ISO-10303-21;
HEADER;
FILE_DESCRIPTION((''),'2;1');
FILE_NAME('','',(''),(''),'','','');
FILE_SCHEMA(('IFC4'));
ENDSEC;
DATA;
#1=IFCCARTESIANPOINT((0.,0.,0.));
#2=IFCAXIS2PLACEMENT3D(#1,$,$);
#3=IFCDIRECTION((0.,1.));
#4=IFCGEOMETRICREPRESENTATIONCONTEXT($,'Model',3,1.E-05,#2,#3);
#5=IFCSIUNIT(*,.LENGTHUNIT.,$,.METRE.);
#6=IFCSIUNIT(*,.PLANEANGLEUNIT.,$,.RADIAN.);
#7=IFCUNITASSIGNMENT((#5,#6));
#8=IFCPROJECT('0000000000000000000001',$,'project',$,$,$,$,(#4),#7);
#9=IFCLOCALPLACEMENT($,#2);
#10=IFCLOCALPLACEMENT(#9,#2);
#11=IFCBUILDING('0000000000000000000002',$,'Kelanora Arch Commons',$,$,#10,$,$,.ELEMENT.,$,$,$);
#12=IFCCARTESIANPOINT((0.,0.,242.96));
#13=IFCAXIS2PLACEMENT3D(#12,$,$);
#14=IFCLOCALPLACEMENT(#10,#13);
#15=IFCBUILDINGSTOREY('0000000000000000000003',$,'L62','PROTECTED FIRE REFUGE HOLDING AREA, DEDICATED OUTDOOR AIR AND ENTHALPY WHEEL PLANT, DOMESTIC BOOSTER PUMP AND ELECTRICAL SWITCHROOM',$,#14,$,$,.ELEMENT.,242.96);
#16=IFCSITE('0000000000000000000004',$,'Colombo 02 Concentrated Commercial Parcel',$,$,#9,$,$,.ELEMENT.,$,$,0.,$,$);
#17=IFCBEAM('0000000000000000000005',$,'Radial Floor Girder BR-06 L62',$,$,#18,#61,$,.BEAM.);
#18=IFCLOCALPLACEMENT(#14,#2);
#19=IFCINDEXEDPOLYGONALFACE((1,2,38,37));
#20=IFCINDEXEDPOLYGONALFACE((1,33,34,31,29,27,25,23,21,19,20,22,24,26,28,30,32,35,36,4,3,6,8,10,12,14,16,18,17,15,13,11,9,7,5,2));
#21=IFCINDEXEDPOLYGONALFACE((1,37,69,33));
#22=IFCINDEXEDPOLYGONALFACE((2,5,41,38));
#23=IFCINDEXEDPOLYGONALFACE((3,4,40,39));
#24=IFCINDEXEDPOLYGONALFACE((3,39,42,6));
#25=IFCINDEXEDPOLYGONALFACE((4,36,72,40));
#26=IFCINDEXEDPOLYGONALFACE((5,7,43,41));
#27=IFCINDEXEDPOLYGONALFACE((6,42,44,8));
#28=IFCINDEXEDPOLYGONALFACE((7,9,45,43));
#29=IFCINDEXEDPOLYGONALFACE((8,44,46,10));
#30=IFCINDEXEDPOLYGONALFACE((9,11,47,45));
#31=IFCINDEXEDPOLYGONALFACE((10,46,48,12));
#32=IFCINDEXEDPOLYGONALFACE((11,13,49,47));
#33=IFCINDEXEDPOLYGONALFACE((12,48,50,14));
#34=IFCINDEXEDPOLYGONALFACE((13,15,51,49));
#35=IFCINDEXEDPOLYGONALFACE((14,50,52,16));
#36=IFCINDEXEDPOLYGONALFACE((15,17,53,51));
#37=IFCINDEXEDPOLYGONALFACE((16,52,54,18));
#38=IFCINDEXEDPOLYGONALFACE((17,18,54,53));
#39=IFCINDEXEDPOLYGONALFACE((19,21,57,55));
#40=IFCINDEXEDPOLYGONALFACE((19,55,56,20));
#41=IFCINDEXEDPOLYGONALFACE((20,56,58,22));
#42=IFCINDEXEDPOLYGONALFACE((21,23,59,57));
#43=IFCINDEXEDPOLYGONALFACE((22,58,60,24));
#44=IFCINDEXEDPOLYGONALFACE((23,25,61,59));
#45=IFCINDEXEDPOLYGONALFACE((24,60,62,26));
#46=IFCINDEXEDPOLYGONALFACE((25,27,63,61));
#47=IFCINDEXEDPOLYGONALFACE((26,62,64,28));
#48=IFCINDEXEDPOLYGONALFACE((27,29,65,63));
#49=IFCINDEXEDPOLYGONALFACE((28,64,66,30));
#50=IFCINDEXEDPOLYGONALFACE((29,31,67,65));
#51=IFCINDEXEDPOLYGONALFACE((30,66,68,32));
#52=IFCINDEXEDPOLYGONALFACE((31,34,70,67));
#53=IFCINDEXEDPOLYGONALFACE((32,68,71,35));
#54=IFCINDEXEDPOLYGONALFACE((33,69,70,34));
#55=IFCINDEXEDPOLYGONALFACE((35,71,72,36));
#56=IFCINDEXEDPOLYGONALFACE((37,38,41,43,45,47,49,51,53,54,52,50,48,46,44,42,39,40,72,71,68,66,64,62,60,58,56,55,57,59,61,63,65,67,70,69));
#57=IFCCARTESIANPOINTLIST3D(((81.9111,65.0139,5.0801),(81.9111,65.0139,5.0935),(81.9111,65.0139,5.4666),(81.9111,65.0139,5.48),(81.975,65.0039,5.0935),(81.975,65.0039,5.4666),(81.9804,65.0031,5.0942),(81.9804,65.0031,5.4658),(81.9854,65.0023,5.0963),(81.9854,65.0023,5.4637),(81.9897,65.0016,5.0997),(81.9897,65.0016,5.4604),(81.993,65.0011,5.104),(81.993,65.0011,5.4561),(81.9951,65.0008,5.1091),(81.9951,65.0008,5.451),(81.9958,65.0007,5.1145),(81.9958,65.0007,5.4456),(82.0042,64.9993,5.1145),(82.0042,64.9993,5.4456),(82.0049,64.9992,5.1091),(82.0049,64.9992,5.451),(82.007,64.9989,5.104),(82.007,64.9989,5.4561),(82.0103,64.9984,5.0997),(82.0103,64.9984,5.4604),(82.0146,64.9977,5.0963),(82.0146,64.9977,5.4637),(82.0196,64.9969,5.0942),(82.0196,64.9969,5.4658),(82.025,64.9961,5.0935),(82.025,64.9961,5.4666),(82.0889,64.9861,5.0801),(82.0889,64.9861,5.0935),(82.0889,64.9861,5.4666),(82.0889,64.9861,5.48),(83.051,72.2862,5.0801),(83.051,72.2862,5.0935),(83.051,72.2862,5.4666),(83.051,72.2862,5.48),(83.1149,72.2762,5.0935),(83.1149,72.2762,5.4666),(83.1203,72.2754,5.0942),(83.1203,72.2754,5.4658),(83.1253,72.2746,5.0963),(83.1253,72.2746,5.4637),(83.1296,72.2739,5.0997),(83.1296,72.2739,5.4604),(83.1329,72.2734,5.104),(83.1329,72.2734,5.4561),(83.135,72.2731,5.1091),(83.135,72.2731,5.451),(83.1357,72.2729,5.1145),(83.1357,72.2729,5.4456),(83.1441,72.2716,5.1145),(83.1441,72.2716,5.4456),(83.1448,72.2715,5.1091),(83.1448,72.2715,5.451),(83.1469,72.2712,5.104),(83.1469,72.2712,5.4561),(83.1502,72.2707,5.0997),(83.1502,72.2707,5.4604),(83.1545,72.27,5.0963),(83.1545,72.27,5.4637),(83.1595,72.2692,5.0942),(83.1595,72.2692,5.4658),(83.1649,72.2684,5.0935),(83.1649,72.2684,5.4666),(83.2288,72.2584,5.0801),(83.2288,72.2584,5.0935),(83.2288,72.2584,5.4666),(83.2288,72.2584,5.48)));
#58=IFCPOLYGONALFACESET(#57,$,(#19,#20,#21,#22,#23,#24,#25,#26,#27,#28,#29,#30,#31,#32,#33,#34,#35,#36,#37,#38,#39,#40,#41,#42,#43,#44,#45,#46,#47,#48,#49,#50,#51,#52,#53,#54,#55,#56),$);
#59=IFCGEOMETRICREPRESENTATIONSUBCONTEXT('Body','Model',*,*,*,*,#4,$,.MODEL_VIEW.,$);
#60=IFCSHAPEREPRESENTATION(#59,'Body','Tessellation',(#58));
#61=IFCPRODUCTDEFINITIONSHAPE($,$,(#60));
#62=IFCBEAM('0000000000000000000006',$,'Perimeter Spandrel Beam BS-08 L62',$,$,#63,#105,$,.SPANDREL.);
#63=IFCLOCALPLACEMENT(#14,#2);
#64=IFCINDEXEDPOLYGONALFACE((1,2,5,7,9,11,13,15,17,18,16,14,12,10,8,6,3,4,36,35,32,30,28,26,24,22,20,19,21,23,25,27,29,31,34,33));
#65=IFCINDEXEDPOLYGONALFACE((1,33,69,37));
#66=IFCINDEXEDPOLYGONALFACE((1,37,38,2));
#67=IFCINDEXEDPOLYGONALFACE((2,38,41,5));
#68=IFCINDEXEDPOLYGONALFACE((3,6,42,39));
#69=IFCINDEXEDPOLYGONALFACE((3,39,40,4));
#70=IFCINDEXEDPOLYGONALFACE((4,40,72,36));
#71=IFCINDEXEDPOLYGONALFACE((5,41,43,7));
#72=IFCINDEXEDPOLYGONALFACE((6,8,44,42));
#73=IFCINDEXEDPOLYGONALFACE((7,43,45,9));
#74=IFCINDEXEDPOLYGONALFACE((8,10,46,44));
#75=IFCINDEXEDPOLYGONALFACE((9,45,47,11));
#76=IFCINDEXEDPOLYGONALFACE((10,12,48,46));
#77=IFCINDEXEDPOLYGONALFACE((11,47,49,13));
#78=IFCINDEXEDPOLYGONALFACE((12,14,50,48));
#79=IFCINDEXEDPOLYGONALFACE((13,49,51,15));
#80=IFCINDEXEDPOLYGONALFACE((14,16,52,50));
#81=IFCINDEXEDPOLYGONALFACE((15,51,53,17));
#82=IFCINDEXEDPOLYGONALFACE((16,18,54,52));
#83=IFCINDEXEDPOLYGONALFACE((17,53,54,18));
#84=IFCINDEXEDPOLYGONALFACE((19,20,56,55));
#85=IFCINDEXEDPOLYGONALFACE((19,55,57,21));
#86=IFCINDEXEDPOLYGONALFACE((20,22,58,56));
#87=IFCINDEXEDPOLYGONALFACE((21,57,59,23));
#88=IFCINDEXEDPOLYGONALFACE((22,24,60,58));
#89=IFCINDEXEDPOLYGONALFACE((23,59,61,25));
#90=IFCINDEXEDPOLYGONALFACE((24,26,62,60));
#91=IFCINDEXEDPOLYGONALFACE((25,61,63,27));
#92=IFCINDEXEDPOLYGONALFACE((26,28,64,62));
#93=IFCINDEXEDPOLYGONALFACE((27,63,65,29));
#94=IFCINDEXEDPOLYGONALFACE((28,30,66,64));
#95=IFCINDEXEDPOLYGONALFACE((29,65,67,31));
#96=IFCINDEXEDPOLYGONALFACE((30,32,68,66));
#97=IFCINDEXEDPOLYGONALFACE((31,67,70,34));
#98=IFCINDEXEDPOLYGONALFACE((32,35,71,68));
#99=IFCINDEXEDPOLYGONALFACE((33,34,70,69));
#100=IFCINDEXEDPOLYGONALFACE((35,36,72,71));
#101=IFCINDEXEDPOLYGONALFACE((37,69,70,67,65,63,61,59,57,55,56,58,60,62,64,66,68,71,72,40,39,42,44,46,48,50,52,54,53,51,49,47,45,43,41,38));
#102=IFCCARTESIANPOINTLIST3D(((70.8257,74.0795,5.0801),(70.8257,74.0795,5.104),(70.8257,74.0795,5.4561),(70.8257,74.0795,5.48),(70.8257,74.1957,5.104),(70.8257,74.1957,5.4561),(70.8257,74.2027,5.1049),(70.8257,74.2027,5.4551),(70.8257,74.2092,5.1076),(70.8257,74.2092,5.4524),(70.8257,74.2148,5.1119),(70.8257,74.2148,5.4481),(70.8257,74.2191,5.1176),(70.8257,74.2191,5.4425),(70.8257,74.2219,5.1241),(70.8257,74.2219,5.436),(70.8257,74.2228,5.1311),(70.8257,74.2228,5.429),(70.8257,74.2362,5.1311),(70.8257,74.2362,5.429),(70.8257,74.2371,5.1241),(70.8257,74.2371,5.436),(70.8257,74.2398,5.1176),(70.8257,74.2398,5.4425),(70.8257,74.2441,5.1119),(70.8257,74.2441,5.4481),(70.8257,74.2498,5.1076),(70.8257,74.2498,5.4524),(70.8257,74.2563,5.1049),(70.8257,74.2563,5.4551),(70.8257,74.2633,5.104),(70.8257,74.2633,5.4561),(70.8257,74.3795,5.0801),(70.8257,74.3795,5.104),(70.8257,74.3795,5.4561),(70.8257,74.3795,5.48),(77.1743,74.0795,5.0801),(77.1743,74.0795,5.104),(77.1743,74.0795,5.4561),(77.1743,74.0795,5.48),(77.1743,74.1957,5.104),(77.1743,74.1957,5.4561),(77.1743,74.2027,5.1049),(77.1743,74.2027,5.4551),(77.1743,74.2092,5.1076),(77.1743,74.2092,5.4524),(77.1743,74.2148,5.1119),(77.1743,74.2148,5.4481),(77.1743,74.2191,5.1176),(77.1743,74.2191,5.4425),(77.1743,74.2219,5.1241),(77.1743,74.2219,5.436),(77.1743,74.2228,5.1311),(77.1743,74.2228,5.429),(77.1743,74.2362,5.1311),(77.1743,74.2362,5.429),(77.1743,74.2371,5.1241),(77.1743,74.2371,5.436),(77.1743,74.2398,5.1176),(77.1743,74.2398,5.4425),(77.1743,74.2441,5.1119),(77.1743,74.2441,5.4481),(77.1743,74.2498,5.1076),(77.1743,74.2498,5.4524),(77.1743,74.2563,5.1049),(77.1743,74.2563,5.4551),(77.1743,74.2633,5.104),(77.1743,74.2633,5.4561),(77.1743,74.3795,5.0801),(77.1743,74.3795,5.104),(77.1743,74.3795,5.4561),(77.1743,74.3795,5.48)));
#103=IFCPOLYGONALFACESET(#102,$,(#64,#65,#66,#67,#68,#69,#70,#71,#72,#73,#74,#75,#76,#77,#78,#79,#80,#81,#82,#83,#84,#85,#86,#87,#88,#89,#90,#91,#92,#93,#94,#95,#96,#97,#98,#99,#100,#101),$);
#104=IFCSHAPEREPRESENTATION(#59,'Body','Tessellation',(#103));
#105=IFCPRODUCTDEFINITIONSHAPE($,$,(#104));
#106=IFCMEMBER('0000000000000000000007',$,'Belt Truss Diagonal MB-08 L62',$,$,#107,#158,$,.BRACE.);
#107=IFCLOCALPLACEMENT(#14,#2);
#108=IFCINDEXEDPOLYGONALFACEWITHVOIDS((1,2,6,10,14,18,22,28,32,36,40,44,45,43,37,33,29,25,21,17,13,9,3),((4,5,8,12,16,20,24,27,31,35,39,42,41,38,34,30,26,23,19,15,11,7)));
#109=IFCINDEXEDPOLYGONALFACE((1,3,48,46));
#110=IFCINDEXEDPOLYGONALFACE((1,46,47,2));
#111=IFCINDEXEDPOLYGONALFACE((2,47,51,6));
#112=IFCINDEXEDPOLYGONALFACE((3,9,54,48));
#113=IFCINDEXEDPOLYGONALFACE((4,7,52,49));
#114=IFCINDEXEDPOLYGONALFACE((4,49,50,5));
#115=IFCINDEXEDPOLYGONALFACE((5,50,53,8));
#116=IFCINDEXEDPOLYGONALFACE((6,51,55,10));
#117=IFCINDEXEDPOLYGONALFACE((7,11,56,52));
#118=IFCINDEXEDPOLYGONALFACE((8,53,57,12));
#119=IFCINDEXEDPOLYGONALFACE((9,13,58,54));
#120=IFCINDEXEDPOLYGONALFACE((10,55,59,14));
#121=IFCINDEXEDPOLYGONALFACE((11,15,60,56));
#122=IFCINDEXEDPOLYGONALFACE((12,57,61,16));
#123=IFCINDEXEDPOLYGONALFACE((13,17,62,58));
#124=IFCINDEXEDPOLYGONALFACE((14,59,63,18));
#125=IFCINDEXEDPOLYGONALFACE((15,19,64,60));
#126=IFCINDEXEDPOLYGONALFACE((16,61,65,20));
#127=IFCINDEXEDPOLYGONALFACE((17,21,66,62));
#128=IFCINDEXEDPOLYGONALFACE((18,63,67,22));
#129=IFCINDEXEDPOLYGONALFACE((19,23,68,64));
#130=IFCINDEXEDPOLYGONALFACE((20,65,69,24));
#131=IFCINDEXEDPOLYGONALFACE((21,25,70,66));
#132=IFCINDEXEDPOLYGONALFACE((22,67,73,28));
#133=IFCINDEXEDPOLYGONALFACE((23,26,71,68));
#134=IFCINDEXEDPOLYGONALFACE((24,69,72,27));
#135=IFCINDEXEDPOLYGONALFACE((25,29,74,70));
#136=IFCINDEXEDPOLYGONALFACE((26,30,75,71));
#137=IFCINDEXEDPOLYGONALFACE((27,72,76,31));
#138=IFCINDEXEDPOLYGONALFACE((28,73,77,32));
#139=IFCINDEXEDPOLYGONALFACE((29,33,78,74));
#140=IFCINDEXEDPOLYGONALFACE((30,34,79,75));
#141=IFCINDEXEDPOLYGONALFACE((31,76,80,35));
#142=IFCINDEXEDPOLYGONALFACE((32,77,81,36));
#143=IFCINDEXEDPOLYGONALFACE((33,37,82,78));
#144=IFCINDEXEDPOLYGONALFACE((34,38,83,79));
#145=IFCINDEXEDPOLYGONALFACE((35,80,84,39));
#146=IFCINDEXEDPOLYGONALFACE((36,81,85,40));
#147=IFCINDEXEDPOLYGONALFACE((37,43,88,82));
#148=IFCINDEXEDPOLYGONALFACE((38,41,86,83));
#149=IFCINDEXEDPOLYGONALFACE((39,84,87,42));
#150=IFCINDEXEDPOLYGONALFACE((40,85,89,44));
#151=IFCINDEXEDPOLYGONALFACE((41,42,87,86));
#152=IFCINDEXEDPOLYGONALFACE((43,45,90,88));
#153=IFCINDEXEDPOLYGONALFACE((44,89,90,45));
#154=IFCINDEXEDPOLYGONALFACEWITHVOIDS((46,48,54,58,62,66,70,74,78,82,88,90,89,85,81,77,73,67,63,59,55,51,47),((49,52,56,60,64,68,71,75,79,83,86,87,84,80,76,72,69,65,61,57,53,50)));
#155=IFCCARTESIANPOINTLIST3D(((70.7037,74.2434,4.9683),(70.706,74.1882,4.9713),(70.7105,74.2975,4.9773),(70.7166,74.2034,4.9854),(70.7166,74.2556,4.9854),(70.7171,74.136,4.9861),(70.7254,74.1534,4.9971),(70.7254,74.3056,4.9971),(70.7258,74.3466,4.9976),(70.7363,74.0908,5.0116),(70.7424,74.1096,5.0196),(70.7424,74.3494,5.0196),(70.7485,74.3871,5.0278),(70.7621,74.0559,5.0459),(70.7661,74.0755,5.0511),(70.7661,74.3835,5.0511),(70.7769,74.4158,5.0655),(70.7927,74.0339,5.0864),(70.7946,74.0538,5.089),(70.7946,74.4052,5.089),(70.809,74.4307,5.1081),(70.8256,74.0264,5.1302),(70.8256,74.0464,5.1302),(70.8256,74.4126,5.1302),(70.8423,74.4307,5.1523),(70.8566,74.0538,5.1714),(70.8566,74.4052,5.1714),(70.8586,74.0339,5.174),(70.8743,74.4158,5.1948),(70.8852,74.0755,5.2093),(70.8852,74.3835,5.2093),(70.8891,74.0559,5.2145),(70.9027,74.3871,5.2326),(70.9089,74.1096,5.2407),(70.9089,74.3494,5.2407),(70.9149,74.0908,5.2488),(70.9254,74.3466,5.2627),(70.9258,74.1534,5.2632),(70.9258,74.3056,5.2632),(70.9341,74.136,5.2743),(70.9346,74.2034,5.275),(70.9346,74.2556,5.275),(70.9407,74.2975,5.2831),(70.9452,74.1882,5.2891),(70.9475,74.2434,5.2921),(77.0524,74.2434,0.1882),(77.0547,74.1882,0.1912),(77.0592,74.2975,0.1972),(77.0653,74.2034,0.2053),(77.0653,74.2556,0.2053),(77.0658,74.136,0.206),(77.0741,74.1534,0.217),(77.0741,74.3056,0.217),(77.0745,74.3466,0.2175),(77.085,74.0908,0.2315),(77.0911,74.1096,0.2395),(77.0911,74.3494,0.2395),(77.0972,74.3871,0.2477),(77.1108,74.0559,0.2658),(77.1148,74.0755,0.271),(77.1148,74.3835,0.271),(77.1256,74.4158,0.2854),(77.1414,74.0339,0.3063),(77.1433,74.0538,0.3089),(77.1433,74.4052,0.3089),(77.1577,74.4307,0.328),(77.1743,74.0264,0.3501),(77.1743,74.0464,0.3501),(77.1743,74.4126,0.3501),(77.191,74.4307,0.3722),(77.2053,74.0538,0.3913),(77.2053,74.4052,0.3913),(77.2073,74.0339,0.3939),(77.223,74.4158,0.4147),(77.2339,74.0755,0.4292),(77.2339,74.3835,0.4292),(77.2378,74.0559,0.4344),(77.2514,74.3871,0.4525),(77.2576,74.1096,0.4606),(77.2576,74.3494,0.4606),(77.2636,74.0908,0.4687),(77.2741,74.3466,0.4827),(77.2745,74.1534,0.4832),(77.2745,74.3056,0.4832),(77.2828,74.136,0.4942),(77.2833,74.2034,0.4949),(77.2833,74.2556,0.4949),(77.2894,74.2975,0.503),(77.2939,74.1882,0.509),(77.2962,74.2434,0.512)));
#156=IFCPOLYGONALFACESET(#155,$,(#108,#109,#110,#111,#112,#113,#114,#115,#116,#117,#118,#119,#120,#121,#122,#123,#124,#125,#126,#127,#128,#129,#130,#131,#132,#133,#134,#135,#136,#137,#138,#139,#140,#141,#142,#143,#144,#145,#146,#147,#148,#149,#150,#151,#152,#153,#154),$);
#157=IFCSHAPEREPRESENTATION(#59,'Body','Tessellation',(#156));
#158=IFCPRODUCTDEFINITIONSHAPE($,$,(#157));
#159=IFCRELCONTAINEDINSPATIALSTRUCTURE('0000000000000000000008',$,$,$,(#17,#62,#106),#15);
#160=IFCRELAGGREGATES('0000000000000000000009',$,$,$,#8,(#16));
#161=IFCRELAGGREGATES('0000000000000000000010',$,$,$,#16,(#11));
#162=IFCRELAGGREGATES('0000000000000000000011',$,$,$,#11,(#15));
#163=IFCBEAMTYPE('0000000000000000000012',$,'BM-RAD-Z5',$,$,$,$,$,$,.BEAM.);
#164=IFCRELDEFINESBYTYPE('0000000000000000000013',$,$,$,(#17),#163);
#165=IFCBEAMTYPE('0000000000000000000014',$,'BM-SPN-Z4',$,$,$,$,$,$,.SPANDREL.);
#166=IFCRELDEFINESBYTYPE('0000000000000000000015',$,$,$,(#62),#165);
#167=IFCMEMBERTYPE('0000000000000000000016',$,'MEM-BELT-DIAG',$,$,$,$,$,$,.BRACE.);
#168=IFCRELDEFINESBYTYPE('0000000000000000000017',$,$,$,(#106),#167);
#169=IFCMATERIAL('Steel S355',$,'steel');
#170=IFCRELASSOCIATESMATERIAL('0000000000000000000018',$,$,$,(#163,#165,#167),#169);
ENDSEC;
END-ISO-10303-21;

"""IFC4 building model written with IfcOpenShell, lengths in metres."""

from ifc_helpers import new_model, si_unit, direction, frame, origin, origin_2d, place, context, subcontext, project, spatial, hollow_circle, i_section, extrude, material, material_profile, profile_set, type_object, element, save


model = new_model("IFC4")

# Units and contexts
model_context = context("Model", 3, precision=1e-05, world=origin(), true_north=direction((0.0, 1.0)))
body_context = subcontext(model_context, "Body", "Model", "MODEL_VIEW")
ifc_project = project(units=[si_unit("LENGTHUNIT", "METRE"), si_unit("PLANEANGLEUNIT", "RADIAN")], contexts=[model_context])

# Site, building, storey
site_placement = place(None, origin())
site = spatial("IfcSite", under=ifc_project, at=site_placement, Name="Colombo 02 Concentrated Commercial Parcel", CompositionType="ELEMENT", RefElevation=0.0)
building_placement = place(site_placement, origin())
building = spatial("IfcBuilding", under=site, at=building_placement, Name="Kelanora Arch Commons", CompositionType="ELEMENT")
storey_placement = place(building_placement, frame((0.0, 0.0, 242.96)))
storey = spatial("IfcBuildingStorey", under=building, at=storey_placement, Name="L62", Description="PROTECTED FIRE REFUGE HOLDING AREA, DEDICATED OUTDOOR AIR AND ENTHALPY WHEEL PLANT, DOMESTIC BOOSTER PUMP AND ELECTRICAL SWITCHROOM", CompositionType="ELEMENT", Elevation=242.96)

# Beams
ifc_material_1 = material(Name="Steel S355", Category="steel")
ifc_material_profile_1 = material_profile(ifc_material_1, i_section(OverallWidth=0.1799, OverallDepth=0.3999, WebThickness=0.0085, FlangeThickness=0.0134, FilletRadius=0.021, at=origin_2d()), Name="IPE400")
ifc_profile_set_1 = profile_set([ifc_material_profile_1], Name="Steel S355")
beam_type_1 = type_object("IfcBeamType", Name="BM-RAD-Z5", PredefinedType="BEAM", material=ifc_profile_set_1)
beam_1_placement = place(storey_placement, frame((82.0, 65.0, 5.28), z_axis=(0.154855, 0.987937, 0.0), x_axis=(-0.987937, 0.154855, 0.0)))
element("IfcBeam", 1, at=beam_1_placement, inside=storey, type_object=beam_type_1, Name="Radial Floor Girder BR-06 L62", PredefinedType="BEAM", context=body_context, shape_type="SweptSolid", body=[
    extrude(i_section(OverallWidth=0.1799, OverallDepth=0.3999, WebThickness=0.0085, FlangeThickness=0.0134, FilletRadius=0.021, at=origin_2d()), origin(), (0.0, 0.0, 1.0), 7.3611),
])
ifc_material_profile_2 = material_profile(ifc_material_1, i_section(OverallWidth=0.3, OverallDepth=0.3999, WebThickness=0.0134, FlangeThickness=0.0239, FilletRadius=0.0271, at=origin_2d()), Name="HEB400")
ifc_profile_set_2 = profile_set([ifc_material_profile_2], Name="Steel S355")
beam_type_2 = type_object("IfcBeamType", Name="BM-SPN-Z4", PredefinedType="SPANDREL", material=ifc_profile_set_2)
beam_2_placement = place(storey_placement, frame((77.1743, 74.2295, 5.28), z_axis=(-1.0, 0.0, 0.0), x_axis=(0.0, -1.0, 0.0)))
element("IfcBeam", 2, at=beam_2_placement, inside=storey, type_object=beam_type_2, Name="Perimeter Spandrel Beam BS-08 L62", PredefinedType="SPANDREL", context=body_context, shape_type="SweptSolid", body=[
    extrude(i_section(OverallWidth=0.3, OverallDepth=0.3999, WebThickness=0.0134, FlangeThickness=0.0239, FilletRadius=0.0271, at=origin_2d()), origin(), (0.0, 0.0, 1.0), 6.3486),
])

# Member
ifc_material_profile_3 = material_profile(ifc_material_1, hollow_circle(Radius=0.2031, WallThickness=0.02, at=origin_2d()), Name="CHS406.4x20")
ifc_profile_set_3 = profile_set([ifc_material_profile_3], Name="Steel S355")
member_type_1 = type_object("IfcMemberType", Name="MEM-BELT-DIAG", PredefinedType="BRACE", material=ifc_profile_set_3)
member_1_placement = place(storey_placement, frame((77.1743, 74.2295, 0.3501), z_axis=(-0.798878, 0.0, 0.601493), x_axis=(0.0, -1.0, 0.0)))
element("IfcMember", 3, at=member_1_placement, inside=storey, type_object=member_type_1, Name="Belt Truss Diagonal MB-08 L62", PredefinedType="BRACE", context=body_context, shape_type="SweptSolid", body=[
    extrude(hollow_circle(Radius=0.2031, WallThickness=0.02, at=origin_2d()), origin(), (0.0, 0.0, 1.0), 7.947),
])

save(model, "model.ifc")
